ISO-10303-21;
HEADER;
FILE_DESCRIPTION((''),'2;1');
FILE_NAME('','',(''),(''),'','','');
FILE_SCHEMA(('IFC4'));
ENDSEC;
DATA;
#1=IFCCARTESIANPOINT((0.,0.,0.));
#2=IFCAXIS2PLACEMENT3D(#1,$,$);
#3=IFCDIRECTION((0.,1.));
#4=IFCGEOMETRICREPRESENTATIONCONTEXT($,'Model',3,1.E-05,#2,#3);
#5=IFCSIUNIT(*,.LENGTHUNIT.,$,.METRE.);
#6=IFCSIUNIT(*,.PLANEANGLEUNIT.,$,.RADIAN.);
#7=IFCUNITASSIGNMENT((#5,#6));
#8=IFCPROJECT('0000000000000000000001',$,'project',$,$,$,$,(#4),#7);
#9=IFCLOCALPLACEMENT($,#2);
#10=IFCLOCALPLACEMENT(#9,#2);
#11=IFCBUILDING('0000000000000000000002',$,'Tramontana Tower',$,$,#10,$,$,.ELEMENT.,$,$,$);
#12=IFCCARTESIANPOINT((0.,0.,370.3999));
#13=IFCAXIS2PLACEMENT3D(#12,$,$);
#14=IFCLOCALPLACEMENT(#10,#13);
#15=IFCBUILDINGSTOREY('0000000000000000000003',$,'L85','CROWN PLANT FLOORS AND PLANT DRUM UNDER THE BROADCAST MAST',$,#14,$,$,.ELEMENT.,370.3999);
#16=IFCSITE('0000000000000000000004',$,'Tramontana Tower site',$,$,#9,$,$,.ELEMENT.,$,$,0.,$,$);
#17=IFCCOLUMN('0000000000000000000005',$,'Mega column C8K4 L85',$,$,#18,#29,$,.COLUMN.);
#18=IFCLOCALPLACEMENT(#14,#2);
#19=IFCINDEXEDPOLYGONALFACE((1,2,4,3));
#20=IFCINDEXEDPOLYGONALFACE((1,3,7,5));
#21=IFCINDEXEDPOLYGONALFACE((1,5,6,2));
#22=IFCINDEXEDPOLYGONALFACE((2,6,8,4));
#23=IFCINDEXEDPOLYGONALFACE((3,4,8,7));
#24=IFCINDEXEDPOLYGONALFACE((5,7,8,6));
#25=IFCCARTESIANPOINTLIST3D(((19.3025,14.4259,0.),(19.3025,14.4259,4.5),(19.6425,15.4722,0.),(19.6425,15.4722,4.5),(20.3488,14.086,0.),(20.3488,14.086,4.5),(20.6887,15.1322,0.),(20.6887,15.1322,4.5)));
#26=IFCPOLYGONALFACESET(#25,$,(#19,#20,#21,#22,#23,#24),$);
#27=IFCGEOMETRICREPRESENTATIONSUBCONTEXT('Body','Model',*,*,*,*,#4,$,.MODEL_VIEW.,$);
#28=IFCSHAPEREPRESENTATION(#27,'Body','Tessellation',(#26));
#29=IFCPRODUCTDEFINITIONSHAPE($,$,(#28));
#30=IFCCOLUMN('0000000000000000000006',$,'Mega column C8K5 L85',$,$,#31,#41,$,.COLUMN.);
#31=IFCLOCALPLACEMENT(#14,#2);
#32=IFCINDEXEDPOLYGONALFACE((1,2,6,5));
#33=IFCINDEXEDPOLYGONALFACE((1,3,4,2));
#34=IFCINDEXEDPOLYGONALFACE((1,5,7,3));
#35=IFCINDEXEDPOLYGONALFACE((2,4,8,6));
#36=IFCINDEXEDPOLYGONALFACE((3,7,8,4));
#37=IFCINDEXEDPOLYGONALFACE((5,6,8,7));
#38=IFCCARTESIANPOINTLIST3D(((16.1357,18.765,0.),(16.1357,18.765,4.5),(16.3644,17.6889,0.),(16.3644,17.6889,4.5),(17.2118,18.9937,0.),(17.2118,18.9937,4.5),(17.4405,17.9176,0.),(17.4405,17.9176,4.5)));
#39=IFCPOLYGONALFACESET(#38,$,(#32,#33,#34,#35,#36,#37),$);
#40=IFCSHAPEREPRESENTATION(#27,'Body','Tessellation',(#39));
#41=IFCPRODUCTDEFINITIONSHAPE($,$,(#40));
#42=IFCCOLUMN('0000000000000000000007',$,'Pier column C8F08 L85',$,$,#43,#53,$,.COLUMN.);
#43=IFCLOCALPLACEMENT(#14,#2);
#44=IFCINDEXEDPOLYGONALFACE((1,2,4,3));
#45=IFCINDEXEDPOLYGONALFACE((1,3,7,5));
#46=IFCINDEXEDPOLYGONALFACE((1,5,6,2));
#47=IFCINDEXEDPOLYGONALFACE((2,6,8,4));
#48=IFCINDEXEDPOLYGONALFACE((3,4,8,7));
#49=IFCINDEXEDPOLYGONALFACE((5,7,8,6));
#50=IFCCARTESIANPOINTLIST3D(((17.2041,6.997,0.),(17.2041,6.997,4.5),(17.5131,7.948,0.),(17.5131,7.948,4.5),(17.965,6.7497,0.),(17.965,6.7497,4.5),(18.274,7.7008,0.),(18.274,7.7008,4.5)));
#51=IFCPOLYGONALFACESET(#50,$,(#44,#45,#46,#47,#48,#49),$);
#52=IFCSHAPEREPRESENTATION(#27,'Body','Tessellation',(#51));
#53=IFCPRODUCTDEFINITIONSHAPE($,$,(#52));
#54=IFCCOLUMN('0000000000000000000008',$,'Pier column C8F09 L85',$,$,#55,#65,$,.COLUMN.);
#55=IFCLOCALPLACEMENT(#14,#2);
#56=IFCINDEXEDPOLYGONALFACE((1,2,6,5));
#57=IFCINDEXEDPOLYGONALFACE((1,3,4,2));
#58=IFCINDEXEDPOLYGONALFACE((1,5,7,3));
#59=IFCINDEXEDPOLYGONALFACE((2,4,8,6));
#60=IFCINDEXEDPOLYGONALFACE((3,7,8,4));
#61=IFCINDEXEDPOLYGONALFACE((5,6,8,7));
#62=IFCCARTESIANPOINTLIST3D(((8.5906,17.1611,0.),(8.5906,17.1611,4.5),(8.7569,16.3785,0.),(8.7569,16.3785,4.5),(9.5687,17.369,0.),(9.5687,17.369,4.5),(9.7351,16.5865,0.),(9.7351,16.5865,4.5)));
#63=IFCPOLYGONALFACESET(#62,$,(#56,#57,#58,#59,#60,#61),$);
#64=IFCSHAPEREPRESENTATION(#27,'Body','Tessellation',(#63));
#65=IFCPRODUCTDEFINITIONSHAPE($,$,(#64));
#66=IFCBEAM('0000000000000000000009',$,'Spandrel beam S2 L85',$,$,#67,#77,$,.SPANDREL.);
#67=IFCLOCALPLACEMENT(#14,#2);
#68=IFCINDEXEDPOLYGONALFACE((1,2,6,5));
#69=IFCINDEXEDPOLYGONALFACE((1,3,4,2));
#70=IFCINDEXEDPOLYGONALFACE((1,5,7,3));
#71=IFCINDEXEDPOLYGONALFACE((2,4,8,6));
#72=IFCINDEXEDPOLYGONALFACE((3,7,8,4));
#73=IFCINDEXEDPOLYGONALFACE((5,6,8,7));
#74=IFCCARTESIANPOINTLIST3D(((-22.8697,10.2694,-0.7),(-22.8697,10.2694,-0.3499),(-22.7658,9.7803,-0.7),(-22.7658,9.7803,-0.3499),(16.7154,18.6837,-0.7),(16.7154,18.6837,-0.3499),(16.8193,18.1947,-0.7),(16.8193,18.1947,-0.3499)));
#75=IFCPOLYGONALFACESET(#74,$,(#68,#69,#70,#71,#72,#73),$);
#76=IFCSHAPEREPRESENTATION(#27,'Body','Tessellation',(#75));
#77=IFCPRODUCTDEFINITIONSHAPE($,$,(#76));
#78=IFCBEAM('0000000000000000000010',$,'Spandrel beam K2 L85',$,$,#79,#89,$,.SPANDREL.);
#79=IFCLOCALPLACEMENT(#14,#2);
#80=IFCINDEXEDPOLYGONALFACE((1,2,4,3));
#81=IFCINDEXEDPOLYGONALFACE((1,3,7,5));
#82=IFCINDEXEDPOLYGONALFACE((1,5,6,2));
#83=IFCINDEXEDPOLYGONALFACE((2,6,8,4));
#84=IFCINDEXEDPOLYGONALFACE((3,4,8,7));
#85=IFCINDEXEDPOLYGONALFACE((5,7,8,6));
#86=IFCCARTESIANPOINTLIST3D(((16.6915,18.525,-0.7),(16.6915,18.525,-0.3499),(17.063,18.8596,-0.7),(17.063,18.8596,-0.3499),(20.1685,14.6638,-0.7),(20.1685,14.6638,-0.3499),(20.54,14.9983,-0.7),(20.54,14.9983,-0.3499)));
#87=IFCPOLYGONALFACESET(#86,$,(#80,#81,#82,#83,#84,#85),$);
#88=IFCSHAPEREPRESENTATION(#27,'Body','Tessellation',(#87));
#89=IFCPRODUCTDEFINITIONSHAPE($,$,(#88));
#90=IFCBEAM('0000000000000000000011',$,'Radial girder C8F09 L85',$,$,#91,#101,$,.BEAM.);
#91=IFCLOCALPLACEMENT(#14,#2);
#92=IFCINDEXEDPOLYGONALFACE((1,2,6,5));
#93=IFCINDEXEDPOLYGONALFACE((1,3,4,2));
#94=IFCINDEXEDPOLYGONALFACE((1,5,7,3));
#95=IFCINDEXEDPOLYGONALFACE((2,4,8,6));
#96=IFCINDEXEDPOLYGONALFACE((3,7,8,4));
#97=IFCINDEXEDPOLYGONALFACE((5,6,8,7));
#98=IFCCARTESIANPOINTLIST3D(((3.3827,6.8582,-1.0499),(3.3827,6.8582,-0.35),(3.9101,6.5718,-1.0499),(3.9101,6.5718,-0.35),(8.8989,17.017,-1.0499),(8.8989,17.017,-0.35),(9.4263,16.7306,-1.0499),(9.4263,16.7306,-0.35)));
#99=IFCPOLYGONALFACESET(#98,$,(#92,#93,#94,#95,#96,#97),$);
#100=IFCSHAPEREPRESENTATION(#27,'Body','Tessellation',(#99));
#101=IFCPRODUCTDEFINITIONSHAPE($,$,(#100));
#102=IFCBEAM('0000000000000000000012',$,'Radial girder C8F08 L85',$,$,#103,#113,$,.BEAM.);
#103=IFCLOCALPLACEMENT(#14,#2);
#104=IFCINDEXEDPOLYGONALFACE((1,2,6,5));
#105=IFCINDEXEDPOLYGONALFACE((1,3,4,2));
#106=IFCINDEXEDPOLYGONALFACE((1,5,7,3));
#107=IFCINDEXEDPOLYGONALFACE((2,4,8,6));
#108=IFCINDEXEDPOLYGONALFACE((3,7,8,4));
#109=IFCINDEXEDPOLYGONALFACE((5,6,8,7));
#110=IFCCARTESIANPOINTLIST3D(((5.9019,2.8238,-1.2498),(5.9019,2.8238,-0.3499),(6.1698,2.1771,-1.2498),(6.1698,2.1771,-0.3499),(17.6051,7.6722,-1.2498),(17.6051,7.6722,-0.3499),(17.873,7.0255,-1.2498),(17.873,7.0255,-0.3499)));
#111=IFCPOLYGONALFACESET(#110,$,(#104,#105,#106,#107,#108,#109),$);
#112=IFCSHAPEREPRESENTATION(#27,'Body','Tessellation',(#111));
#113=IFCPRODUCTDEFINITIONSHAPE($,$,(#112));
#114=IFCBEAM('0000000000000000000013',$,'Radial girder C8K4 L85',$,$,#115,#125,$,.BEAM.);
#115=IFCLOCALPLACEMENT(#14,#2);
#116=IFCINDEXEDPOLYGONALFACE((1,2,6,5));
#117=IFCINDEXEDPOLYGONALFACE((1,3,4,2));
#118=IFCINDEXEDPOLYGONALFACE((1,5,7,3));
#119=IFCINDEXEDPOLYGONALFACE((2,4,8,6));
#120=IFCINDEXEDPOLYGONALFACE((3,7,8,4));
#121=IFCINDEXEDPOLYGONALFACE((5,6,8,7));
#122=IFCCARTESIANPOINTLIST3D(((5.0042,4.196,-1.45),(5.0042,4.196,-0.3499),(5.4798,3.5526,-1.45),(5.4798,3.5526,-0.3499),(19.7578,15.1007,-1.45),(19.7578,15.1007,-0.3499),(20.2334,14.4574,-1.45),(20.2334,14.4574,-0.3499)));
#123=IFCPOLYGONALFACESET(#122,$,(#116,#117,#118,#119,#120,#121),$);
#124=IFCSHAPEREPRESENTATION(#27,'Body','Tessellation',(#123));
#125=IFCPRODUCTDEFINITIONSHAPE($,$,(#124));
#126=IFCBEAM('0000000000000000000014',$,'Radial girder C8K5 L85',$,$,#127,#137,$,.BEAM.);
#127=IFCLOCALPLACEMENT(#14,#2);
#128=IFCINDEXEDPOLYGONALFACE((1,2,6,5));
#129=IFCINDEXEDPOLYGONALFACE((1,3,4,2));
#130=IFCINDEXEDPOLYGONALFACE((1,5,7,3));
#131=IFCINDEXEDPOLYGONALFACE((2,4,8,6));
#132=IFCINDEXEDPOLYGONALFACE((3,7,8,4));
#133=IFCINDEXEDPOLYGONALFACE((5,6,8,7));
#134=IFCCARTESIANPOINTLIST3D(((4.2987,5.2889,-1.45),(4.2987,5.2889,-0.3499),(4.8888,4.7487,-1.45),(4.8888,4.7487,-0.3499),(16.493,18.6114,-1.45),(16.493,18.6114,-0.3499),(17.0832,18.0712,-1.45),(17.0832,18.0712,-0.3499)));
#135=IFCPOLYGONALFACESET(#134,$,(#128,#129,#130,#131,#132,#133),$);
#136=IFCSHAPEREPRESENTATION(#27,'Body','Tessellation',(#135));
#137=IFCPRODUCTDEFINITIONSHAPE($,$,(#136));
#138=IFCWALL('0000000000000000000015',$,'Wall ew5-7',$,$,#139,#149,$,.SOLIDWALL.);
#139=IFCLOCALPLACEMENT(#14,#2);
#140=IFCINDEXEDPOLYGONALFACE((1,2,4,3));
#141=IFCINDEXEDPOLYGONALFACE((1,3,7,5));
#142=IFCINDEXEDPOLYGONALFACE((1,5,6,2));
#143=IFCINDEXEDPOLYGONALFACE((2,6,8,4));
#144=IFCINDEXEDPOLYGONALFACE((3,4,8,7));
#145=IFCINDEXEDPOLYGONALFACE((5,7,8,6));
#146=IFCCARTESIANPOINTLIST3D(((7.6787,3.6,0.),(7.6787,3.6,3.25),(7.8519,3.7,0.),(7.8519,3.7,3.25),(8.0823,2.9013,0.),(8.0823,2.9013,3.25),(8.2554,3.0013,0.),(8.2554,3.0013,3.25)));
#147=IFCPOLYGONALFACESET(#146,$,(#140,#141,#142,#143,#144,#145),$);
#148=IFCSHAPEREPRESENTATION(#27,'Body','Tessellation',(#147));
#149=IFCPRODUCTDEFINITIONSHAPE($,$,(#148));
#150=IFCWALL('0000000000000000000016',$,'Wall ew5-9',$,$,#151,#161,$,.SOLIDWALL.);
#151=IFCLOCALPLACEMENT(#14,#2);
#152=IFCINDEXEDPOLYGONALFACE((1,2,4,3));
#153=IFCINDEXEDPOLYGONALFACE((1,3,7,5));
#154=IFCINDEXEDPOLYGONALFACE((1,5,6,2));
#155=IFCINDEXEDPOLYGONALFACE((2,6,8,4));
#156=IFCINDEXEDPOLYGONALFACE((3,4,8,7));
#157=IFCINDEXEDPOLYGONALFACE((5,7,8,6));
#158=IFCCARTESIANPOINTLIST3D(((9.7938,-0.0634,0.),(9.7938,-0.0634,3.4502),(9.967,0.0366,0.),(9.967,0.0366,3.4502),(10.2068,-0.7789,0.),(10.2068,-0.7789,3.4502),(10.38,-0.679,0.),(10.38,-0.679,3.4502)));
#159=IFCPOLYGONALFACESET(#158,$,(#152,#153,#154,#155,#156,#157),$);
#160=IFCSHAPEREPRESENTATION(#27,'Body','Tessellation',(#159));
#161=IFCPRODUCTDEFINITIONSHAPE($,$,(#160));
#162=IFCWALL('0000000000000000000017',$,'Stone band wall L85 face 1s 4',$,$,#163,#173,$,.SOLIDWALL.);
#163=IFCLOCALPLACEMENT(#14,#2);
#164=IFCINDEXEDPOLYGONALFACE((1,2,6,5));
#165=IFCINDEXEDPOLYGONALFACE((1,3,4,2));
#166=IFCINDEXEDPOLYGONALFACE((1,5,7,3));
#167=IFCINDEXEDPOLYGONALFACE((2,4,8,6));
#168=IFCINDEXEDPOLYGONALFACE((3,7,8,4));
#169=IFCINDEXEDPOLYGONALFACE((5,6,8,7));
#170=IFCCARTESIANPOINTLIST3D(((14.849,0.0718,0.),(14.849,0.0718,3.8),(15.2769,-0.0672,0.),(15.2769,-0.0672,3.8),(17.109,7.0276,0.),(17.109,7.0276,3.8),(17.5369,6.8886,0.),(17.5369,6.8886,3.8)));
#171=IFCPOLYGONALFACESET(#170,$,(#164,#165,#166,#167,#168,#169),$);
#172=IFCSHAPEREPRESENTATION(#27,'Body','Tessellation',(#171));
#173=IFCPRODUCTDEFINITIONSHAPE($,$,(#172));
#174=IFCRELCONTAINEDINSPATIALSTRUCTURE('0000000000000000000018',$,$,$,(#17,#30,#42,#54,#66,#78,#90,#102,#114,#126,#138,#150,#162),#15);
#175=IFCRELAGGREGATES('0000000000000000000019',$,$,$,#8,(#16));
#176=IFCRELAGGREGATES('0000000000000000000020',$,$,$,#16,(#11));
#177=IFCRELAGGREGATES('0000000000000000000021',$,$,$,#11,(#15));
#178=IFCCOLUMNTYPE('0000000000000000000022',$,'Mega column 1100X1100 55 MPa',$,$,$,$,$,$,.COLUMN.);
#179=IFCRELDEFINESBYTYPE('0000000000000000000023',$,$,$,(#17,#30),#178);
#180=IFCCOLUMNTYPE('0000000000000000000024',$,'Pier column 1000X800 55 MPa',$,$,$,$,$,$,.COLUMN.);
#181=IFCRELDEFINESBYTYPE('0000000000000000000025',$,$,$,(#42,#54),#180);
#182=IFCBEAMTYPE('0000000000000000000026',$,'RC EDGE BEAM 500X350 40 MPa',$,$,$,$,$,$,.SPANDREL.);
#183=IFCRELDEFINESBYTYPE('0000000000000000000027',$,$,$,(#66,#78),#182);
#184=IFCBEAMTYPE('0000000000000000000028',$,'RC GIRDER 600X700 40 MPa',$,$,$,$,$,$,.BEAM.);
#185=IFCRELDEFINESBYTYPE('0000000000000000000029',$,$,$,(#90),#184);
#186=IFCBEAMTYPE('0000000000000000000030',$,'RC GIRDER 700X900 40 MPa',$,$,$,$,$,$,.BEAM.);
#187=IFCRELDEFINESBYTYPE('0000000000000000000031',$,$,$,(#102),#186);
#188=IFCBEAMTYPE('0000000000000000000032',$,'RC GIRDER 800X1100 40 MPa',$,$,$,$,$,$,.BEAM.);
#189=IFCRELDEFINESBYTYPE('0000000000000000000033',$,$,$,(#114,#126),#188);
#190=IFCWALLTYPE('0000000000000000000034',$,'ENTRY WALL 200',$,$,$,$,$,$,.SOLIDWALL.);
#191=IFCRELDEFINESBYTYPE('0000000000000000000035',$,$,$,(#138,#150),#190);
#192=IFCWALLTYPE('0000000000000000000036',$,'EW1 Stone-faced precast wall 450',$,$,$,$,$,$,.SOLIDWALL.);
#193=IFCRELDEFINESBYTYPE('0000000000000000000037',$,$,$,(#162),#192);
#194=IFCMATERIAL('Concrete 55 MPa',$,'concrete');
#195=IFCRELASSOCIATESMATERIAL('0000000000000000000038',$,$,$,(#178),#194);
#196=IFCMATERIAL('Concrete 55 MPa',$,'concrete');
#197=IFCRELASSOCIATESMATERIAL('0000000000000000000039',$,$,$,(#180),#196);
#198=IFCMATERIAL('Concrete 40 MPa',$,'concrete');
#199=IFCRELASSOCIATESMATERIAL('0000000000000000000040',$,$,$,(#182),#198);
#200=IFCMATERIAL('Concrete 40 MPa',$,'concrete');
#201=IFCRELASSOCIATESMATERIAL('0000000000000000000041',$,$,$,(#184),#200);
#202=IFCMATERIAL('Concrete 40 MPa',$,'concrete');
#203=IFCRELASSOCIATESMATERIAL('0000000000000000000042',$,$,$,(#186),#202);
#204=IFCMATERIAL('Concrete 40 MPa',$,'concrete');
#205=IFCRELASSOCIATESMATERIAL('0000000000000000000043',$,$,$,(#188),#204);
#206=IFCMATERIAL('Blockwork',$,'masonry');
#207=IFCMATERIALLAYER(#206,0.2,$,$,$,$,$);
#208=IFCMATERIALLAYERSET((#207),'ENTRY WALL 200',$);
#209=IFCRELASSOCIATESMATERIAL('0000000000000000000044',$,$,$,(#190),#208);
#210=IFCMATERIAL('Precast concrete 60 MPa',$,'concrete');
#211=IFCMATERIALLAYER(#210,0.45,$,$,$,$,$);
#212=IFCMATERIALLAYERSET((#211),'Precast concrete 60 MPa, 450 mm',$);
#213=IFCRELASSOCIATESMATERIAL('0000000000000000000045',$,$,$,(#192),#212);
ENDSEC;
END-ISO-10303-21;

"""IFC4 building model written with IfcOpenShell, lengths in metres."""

from ifc_helpers import new_model, si_unit, direction, frame, frame_2d, origin, origin_2d, place, context, subcontext, project, spatial, rectangle, extrude, material, layer, layer_set, material_profile, profile_set, type_object, element, save


model = new_model("IFC4")

# Units and contexts
model_context = context("Model", 3, precision=1e-05, world=origin(), true_north=direction((0.0, 1.0)))
body_context = subcontext(model_context, "Body", "Model", "MODEL_VIEW")
ifc_project = project(units=[si_unit("LENGTHUNIT", "METRE"), si_unit("PLANEANGLEUNIT", "RADIAN")], contexts=[model_context])

# Site, building, storey
site_placement = place(None, origin())
site = spatial("IfcSite", under=ifc_project, at=site_placement, Name="Tramontana Tower site", CompositionType="ELEMENT", RefElevation=0.0)
building_placement = place(site_placement, origin())
building = spatial("IfcBuilding", under=site, at=building_placement, Name="Tramontana Tower", CompositionType="ELEMENT")
storey_placement = place(building_placement, frame((0.0, 0.0, 370.3999)))
storey = spatial("IfcBuildingStorey", under=building, at=storey_placement, Name="L85", Description="CROWN PLANT FLOORS AND PLANT DRUM UNDER THE BROADCAST MAST", CompositionType="ELEMENT", Elevation=370.3999)

# Columns
ifc_material_1 = material(Name="Concrete 55 MPa", Category="concrete")
ifc_material_profile_1 = material_profile(ifc_material_1, rectangle(XDim=1.1001, YDim=1.1001, at=origin_2d()), Name="Mega column 1100X1100 55 MPa")
ifc_profile_set_1 = profile_set([ifc_material_profile_1], Name="Concrete 55 MPa")
column_type_1 = type_object("IfcColumnType", Name="Mega column 1100X1100 55 MPa", PredefinedType="COLUMN", material=ifc_profile_set_1)
for number, where, z_axis, x_axis, name in (
    (1, (19.9956, 14.7791, 0.0), (0.0, 0.0, 1.0), (0.309017, 0.951057, 0.0), "Mega column C8K4 L85"),
    (2, (16.7881, 18.3413, 0.0), (0.0, 0.0, 1.0), (-0.978148, -0.207912, 0.0), "Mega column C8K5 L85"),
):
    element("IfcColumn", number, at=place(storey_placement, frame(where, z_axis=z_axis, x_axis=x_axis)), inside=storey, type_object=column_type_1, Name=name, PredefinedType="COLUMN", context=body_context, shape_type="SweptSolid", body=[
        extrude(rectangle(XDim=1.1001, YDim=1.1001, at=origin_2d()), origin(), (0.0, 0.0, 1.0), 4.5),
    ])
ifc_material_2 = material(Name="Concrete 55 MPa", Category="concrete")
ifc_material_profile_2 = material_profile(ifc_material_2, rectangle(XDim=1.0, YDim=0.8, at=origin_2d()), Name="Pier column 1000X800 55 MPa")
ifc_profile_set_2 = profile_set([ifc_material_profile_2], Name="Concrete 55 MPa")
column_type_2 = type_object("IfcColumnType", Name="Pier column 1000X800 55 MPa", PredefinedType="COLUMN", material=ifc_profile_set_2)
for number, where, z_axis, x_axis, name in (
    (3, (17.739, 7.3489, 0.0), (0.0, 0.0, 1.0), (0.309017, 0.951057, 0.0), "Pier column C8F08 L85"),
    (4, (9.1628, 16.8738, 0.0), (0.0, 0.0, 1.0), (-0.978148, -0.207912, 0.0), "Pier column C8F09 L85"),
):
    element("IfcColumn", number, at=place(storey_placement, frame(where, z_axis=z_axis, x_axis=x_axis)), inside=storey, type_object=column_type_2, Name=name, PredefinedType="COLUMN", context=body_context, shape_type="SweptSolid", body=[
        extrude(rectangle(XDim=1.0, YDim=0.8, at=origin_2d()), origin(), (0.0, 0.0, 1.0), 4.5),
    ])

# Beams
ifc_material_3 = material(Name="Concrete 40 MPa", Category="concrete")
ifc_material_profile_3 = material_profile(ifc_material_3, rectangle(XDim=0.5, YDim=0.3501, at=origin_2d()), Name="RC EDGE BEAM 500X350 40 MPa")
ifc_profile_set_3 = profile_set([ifc_material_profile_3], Name="Concrete 40 MPa")
beam_type_1 = type_object("IfcBeamType", Name="RC EDGE BEAM 500X350 40 MPa", PredefinedType="SPANDREL", material=ifc_profile_set_3)
beam_1_placement = place(storey_placement, frame((16.7673, 18.4392, -0.5249), z_axis=(-0.978146, -0.207918, 0.0), x_axis=(0.207918, -0.978146, 0.0)))
element("IfcBeam", 5, at=beam_1_placement, inside=storey, type_object=beam_type_1, Name="Spandrel beam S2 L85", PredefinedType="SPANDREL", context=body_context, shape_type="SweptSolid", body=[
    extrude(rectangle(XDim=0.5, YDim=0.3501, at=origin_2d()), origin(), (0.0, 0.0, 1.0), 40.4695),
])
beam_2_placement = place(storey_placement, frame((20.3542, 14.8311, -0.5249), z_axis=(-0.669162, 0.743117, 0.0), x_axis=(-0.743117, -0.669162, 0.0)))
element("IfcBeam", 6, at=beam_2_placement, inside=storey, type_object=beam_type_1, Name="Spandrel beam K2 L85", PredefinedType="SPANDREL", context=body_context, shape_type="SweptSolid", body=[
    extrude(rectangle(XDim=0.5, YDim=0.3501, at=origin_2d()), origin(), (0.0, 0.0, 1.0), 5.196),
])
ifc_material_4 = material(Name="Concrete 40 MPa", Category="concrete")
ifc_material_profile_4 = material_profile(ifc_material_4, rectangle(XDim=0.6001, YDim=0.7, at=origin_2d()), Name="RC GIRDER 600X700 40 MPa")
ifc_profile_set_4 = profile_set([ifc_material_profile_4], Name="Concrete 40 MPa")
beam_type_2 = type_object("IfcBeamType", Name="RC GIRDER 600X700 40 MPa", PredefinedType="BEAM", material=ifc_profile_set_4)
beam_3_placement = place(storey_placement, frame((9.1626, 16.8738, -0.7), z_axis=(-0.477185, -0.878803, 0.0), x_axis=(0.878803, -0.477185, 0.0)))
element("IfcBeam", 7, at=beam_3_placement, inside=storey, type_object=beam_type_2, Name="Radial girder C8F09 L85", PredefinedType="BEAM", context=body_context, shape_type="SweptSolid", body=[
    extrude(rectangle(XDim=0.6001, YDim=0.7, at=origin_2d()), origin(), (0.0, 0.0, 1.0), 11.5598),
])
ifc_material_5 = material(Name="Concrete 40 MPa", Category="concrete")
ifc_material_profile_5 = material_profile(ifc_material_5, rectangle(XDim=0.7, YDim=0.8999, at=origin_2d()), Name="RC GIRDER 700X900 40 MPa")
ifc_profile_set_5 = profile_set([ifc_material_profile_5], Name="Concrete 40 MPa")
beam_type_3 = type_object("IfcBeamType", Name="RC GIRDER 700X900 40 MPa", PredefinedType="BEAM", material=ifc_profile_set_5)
beam_4_placement = place(storey_placement, frame((17.739, 7.3489, -0.7998), z_axis=(-0.923857, -0.382737, 0.0), x_axis=(0.382737, -0.923857, 0.0)))
element("IfcBeam", 8, at=beam_4_placement, inside=storey, type_object=beam_type_3, Name="Radial girder C8F08 L85", PredefinedType="BEAM", context=body_context, shape_type="SweptSolid", body=[
    extrude(rectangle(XDim=0.7, YDim=0.8999, at=origin_2d()), origin(), (0.0, 0.0, 1.0), 12.6677),
])
ifc_material_6 = material(Name="Concrete 40 MPa", Category="concrete")
ifc_material_profile_6 = material_profile(ifc_material_6, rectangle(XDim=0.8, YDim=1.1001, at=origin_2d()), Name="RC GIRDER 800X1100 40 MPa")
ifc_profile_set_6 = profile_set([ifc_material_profile_6], Name="Concrete 40 MPa")
beam_type_4 = type_object("IfcBeamType", Name="RC GIRDER 800X1100 40 MPa", PredefinedType="BEAM", material=ifc_profile_set_6)
beam_5_placement = place(storey_placement, frame((19.9956, 14.7791, -0.8999), z_axis=(-0.804179, -0.594388, 0.0), x_axis=(0.594388, -0.804179, 0.0)))
element("IfcBeam", 9, at=beam_5_placement, inside=storey, type_object=beam_type_4, Name="Radial girder C8K4 L85", PredefinedType="BEAM", context=body_context, shape_type="SweptSolid", body=[
    extrude(rectangle(XDim=0.8, YDim=1.1001, at=origin_2d()), origin(), (0.0, 0.0, 1.0), 18.3462),
])
beam_6_placement = place(storey_placement, frame((16.7881, 18.3413, -0.8999), z_axis=(-0.675184, -0.737649, 0.0), x_axis=(0.737649, -0.675184, 0.0)))
element("IfcBeam", 10, at=beam_6_placement, inside=storey, type_object=beam_type_4, Name="Radial girder C8K5 L85", PredefinedType="BEAM", context=body_context, shape_type="SweptSolid", body=[
    extrude(rectangle(XDim=0.8, YDim=1.1001, at=origin_2d()), origin(), (0.0, 0.0, 1.0), 18.0608),
])

# Wall
ifc_material_7 = material(Name="Blockwork", Category="masonry")
ifc_layer_1 = layer(ifc_material_7, 0.2)
ifc_layer_set_1 = layer_set([ifc_layer_1], Name="ENTRY WALL 200")
wall_type_1 = type_object("IfcWallType", Name="ENTRY WALL 200", PredefinedType="SOLIDWALL", material=ifc_layer_set_1)
wall_1_placement = place(storey_placement, frame((7.7654, 3.6499, 0.0), z_axis=(0.0, 0.0, 1.0), x_axis=(0.500141, -0.865944, 0.0)))
element("IfcWall", 11, at=wall_1_placement, inside=storey, type_object=wall_type_1, Name="Wall ew5-7", PredefinedType="SOLIDWALL", context=body_context, shape_type="SweptSolid", body=[
    extrude(rectangle(XDim=0.8069, YDim=0.2, at=frame_2d((0.4033, 0.0))), origin(), (0.0, 0.0, 1.0), 3.25),
])

# Walls
wall_2_placement = place(storey_placement, frame((9.8804, -0.0134, 0.0), z_axis=(0.0, 0.0, 1.0), x_axis=(0.499953, -0.866053, 0.0)))
element("IfcWall", 12, at=wall_2_placement, inside=storey, type_object=wall_type_1, Name="Wall ew5-9", PredefinedType="SOLIDWALL", context=body_context, shape_type="SweptSolid", body=[
    extrude(rectangle(XDim=0.8262, YDim=0.2, at=frame_2d((0.4131, 0.0))), origin(), (0.0, 0.0, 1.0), 3.4502),
])
ifc_material_8 = material(Name="Precast concrete 60 MPa", Category="concrete")
ifc_layer_2 = layer(ifc_material_8, 0.45)
ifc_layer_set_2 = layer_set([ifc_layer_2], Name="Precast concrete 60 MPa, 450 mm")
wall_type_2 = type_object("IfcWallType", Name="EW1 Stone-faced precast wall 450", PredefinedType="SOLIDWALL", material=ifc_layer_set_2)
wall_3_placement = place(storey_placement, frame((15.063, 0.0024, 0.0), z_axis=(0.0, 0.0, 1.0), x_axis=(0.309008, 0.951059, 0.0)))
element("IfcWall", 13, at=wall_3_placement, inside=storey, type_object=wall_type_2, Name="Stone band wall L85 face 1s 4", PredefinedType="SOLIDWALL", context=body_context, shape_type="SweptSolid", body=[
    extrude(rectangle(XDim=7.3137, YDim=0.45, at=frame_2d((3.6567, 0.0))), origin(), (0.0, 0.0, 1.0), 3.8),
])

save(model, "model.ifc")
